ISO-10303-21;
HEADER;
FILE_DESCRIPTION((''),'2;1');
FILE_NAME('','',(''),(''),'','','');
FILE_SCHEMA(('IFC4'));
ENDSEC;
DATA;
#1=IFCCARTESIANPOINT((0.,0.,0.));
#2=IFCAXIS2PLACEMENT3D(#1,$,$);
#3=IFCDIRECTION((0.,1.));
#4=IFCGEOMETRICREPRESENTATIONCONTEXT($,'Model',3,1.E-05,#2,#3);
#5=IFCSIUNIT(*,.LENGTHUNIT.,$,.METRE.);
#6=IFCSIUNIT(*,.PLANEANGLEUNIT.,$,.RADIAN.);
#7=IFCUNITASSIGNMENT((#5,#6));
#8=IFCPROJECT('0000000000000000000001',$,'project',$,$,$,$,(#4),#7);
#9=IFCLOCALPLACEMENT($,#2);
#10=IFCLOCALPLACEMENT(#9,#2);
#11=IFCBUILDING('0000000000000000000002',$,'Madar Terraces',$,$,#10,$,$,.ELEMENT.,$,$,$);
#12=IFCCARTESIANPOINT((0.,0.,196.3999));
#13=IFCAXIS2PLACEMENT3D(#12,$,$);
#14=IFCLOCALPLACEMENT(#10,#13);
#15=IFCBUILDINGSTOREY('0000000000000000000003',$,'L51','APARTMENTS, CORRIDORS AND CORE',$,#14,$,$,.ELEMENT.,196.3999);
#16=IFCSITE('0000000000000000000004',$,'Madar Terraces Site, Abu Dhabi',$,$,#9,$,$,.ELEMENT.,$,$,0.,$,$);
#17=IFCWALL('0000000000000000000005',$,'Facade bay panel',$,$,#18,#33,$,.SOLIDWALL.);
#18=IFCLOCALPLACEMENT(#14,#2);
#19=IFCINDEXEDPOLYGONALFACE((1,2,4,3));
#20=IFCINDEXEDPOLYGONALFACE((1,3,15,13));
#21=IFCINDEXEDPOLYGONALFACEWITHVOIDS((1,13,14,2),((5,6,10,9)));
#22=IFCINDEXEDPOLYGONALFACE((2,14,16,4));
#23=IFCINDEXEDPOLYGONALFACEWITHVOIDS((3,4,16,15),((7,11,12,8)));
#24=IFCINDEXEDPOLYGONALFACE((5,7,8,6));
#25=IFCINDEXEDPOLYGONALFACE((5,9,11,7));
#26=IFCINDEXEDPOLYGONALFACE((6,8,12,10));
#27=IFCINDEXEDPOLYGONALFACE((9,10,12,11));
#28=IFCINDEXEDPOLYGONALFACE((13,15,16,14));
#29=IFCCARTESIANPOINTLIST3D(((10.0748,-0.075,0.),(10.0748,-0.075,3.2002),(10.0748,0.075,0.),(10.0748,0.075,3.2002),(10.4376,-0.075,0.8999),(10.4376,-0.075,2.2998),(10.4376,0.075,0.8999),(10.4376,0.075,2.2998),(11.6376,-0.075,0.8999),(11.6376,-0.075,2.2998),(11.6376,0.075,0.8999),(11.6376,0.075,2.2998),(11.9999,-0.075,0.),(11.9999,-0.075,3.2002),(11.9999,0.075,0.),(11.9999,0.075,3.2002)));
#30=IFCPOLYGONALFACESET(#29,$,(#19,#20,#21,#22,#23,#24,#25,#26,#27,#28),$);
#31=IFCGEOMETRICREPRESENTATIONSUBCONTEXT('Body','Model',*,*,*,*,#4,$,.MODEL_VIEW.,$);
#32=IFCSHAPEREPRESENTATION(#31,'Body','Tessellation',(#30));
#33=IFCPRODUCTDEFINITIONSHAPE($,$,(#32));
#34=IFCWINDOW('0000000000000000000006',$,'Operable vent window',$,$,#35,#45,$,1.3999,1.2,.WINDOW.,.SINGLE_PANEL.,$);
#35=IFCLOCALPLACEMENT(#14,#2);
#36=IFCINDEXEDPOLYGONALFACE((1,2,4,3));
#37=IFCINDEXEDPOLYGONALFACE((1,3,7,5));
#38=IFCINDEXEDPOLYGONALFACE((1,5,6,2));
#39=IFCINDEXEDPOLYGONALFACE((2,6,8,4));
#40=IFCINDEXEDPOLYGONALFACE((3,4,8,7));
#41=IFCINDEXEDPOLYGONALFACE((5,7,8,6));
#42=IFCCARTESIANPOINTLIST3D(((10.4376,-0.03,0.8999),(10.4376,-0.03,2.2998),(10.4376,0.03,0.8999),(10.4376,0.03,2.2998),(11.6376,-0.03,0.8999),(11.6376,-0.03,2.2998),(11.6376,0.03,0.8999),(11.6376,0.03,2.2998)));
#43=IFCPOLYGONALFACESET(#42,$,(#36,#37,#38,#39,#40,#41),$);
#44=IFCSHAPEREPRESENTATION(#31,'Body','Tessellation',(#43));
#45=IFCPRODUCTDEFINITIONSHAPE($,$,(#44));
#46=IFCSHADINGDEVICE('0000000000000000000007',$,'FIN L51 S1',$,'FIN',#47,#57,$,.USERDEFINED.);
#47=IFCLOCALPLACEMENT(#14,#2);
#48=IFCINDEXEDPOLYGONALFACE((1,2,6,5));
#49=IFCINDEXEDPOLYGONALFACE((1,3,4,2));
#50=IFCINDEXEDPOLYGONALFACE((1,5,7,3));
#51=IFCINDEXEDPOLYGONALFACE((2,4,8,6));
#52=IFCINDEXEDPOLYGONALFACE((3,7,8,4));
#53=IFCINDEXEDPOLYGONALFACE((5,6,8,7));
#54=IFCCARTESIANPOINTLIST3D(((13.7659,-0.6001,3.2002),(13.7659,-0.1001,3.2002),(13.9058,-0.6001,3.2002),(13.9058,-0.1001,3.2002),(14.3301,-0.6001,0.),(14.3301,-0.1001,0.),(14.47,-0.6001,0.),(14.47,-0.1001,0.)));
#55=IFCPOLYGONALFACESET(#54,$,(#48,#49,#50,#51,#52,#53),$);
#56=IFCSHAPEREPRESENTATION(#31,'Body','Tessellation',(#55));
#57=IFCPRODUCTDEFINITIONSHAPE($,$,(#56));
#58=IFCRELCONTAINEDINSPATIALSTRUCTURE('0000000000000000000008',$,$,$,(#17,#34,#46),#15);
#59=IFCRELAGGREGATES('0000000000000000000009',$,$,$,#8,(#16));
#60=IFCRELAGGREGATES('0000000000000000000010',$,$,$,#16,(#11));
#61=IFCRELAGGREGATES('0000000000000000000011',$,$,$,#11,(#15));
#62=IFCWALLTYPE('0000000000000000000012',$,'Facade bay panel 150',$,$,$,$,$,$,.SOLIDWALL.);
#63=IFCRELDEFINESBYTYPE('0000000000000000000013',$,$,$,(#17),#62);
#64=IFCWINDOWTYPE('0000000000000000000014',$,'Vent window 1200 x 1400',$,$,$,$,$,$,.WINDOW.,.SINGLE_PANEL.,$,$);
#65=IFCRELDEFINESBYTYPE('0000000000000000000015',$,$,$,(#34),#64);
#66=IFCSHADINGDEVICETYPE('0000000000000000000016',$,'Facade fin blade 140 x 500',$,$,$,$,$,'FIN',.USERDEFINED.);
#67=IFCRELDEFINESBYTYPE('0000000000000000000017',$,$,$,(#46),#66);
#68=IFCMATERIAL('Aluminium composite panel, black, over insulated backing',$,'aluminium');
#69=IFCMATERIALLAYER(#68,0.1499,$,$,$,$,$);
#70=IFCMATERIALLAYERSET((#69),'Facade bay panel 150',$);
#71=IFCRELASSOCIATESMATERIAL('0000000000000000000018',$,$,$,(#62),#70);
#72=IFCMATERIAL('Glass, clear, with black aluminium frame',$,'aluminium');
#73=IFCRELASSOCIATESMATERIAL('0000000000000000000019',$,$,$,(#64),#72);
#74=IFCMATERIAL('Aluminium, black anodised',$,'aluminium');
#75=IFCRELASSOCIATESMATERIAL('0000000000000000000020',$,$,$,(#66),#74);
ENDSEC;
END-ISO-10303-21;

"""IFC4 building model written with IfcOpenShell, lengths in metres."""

from ifc_helpers import new_model, si_unit, direction, frame, frame_2d, origin, place, context, subcontext, project, spatial, polyline, rectangle, outline, extrude, material, layer, layer_set, type_object, element, fill, save


model = new_model("IFC4")

# Units and contexts
model_context = context("Model", 3, precision=1e-05, world=origin(), true_north=direction((0.0, 1.0)))
body_context = subcontext(model_context, "Body", "Model", "MODEL_VIEW")
ifc_project = project(units=[si_unit("LENGTHUNIT", "METRE"), si_unit("PLANEANGLEUNIT", "RADIAN")], contexts=[model_context])

# Site, building, storey
site_placement = place(None, origin())
site = spatial("IfcSite", under=ifc_project, at=site_placement, Name="Madar Terraces Site, Abu Dhabi", CompositionType="ELEMENT", RefElevation=0.0)
building_placement = place(site_placement, origin())
building = spatial("IfcBuilding", under=site, at=building_placement, Name="Madar Terraces", CompositionType="ELEMENT")
storey_placement = place(building_placement, frame((0.0, 0.0, 196.3999)))
storey = spatial("IfcBuildingStorey", under=building, at=storey_placement, Name="L51", Description="APARTMENTS, CORRIDORS AND CORE", CompositionType="ELEMENT", Elevation=196.3999)

# Wall, opening, window
ifc_material_1 = material(Name="Aluminium composite panel, black, over insulated backing", Category="aluminium")
ifc_layer_1 = layer(ifc_material_1, 0.1499)
ifc_layer_set_1 = layer_set([ifc_layer_1], Name="Facade bay panel 150")
wall_type = type_object("IfcWallType", Name="Facade bay panel 150", PredefinedType="SOLIDWALL", material=ifc_layer_set_1)
wall_1_placement = place(storey_placement, frame((10.075, 0.0, 0.0), z_axis=(0.0, 0.0, 1.0), x_axis=(1.0, 0.0, 0.0)))
wall_1 = element("IfcWall", 1, at=wall_1_placement, inside=storey, type_object=wall_type, Name="Facade bay panel", PredefinedType="SOLIDWALL", context=body_context, shape_type="SweptSolid", body=[
    extrude(rectangle(XDim=1.925, YDim=0.1499, at=frame_2d((0.9624, 0.0))), origin(), (0.0, 0.0, 1.0), 3.2002),
])
opening_1_placement = place(wall_1_placement, frame((0.3625, 0.0, 0.8999)))
opening_1 = element("IfcOpeningElement", 2, at=opening_1_placement, cuts=wall_1, PredefinedType="OPENING", context=body_context, shape_type="SweptSolid", body=[
    extrude(rectangle(XDim=1.2, YDim=1.3999, at=frame_2d((0.6001, 0.7))), frame((0.0, 0.085, 0.0), z_axis=(0.0, -1.0, 0.0), x_axis=(1.0, 0.0, 0.0)), (0.0, 0.0, 1.0), 0.1699),
])
ifc_material_2 = material(Name="Glass, clear, with black aluminium frame", Category="aluminium")
window_type = type_object("IfcWindowType", Name="Vent window 1200 x 1400", PartitioningType="SINGLE_PANEL", PredefinedType="WINDOW", material=ifc_material_2)
window_placement = place(opening_1_placement, origin())
window = element("IfcWindow", 3, at=window_placement, inside=storey, type_object=window_type, Name="Operable vent window", OverallHeight=1.3999, OverallWidth=1.2, PartitioningType="SINGLE_PANEL", PredefinedType="WINDOW", context=body_context, shape_type="SweptSolid", body=[
    extrude(rectangle(XDim=1.2, YDim=1.3999, at=frame_2d((0.6001, 0.7))), frame((0.0, 0.03, 0.0), z_axis=(0.0, -1.0, 0.0), x_axis=(1.0, 0.0, 0.0)), (0.0, 0.0, 1.0), 0.0601),
])
fill(opening_1, window)

# Shading device
ifc_material_3 = material(Name="Aluminium, black anodised", Category="aluminium")
shading_device_type = type_object("IfcShadingDeviceType", Name="Facade fin blade 140 x 500", ElementType="FIN", PredefinedType="USERDEFINED", material=ifc_material_3)
shading_device_placement = place(storey_placement, frame((14.3301, -0.3501, 0.0), z_axis=(0.0, 0.0, 1.0), x_axis=(1.0, 0.0, 0.0)))
element("IfcShadingDevice", 4, at=shading_device_placement, inside=storey, type_object=shading_device_type, Name="FIN L51 S1", ObjectType="FIN", PredefinedType="USERDEFINED", context=body_context, shape_type="SweptSolid", body=[
    extrude(outline(polyline([(0.0, 0.0), (0.1399, 0.0), (-0.4243, 3.2002), (-0.5642, 3.2002), (0.0, 0.0)])), frame((0.0, 0.25, 0.0), z_axis=(0.0, -1.0, 0.0), x_axis=(1.0, 0.0, 0.0)), (0.0, 0.0, 1.0), 0.5),
])

save(model, "model.ifc")
